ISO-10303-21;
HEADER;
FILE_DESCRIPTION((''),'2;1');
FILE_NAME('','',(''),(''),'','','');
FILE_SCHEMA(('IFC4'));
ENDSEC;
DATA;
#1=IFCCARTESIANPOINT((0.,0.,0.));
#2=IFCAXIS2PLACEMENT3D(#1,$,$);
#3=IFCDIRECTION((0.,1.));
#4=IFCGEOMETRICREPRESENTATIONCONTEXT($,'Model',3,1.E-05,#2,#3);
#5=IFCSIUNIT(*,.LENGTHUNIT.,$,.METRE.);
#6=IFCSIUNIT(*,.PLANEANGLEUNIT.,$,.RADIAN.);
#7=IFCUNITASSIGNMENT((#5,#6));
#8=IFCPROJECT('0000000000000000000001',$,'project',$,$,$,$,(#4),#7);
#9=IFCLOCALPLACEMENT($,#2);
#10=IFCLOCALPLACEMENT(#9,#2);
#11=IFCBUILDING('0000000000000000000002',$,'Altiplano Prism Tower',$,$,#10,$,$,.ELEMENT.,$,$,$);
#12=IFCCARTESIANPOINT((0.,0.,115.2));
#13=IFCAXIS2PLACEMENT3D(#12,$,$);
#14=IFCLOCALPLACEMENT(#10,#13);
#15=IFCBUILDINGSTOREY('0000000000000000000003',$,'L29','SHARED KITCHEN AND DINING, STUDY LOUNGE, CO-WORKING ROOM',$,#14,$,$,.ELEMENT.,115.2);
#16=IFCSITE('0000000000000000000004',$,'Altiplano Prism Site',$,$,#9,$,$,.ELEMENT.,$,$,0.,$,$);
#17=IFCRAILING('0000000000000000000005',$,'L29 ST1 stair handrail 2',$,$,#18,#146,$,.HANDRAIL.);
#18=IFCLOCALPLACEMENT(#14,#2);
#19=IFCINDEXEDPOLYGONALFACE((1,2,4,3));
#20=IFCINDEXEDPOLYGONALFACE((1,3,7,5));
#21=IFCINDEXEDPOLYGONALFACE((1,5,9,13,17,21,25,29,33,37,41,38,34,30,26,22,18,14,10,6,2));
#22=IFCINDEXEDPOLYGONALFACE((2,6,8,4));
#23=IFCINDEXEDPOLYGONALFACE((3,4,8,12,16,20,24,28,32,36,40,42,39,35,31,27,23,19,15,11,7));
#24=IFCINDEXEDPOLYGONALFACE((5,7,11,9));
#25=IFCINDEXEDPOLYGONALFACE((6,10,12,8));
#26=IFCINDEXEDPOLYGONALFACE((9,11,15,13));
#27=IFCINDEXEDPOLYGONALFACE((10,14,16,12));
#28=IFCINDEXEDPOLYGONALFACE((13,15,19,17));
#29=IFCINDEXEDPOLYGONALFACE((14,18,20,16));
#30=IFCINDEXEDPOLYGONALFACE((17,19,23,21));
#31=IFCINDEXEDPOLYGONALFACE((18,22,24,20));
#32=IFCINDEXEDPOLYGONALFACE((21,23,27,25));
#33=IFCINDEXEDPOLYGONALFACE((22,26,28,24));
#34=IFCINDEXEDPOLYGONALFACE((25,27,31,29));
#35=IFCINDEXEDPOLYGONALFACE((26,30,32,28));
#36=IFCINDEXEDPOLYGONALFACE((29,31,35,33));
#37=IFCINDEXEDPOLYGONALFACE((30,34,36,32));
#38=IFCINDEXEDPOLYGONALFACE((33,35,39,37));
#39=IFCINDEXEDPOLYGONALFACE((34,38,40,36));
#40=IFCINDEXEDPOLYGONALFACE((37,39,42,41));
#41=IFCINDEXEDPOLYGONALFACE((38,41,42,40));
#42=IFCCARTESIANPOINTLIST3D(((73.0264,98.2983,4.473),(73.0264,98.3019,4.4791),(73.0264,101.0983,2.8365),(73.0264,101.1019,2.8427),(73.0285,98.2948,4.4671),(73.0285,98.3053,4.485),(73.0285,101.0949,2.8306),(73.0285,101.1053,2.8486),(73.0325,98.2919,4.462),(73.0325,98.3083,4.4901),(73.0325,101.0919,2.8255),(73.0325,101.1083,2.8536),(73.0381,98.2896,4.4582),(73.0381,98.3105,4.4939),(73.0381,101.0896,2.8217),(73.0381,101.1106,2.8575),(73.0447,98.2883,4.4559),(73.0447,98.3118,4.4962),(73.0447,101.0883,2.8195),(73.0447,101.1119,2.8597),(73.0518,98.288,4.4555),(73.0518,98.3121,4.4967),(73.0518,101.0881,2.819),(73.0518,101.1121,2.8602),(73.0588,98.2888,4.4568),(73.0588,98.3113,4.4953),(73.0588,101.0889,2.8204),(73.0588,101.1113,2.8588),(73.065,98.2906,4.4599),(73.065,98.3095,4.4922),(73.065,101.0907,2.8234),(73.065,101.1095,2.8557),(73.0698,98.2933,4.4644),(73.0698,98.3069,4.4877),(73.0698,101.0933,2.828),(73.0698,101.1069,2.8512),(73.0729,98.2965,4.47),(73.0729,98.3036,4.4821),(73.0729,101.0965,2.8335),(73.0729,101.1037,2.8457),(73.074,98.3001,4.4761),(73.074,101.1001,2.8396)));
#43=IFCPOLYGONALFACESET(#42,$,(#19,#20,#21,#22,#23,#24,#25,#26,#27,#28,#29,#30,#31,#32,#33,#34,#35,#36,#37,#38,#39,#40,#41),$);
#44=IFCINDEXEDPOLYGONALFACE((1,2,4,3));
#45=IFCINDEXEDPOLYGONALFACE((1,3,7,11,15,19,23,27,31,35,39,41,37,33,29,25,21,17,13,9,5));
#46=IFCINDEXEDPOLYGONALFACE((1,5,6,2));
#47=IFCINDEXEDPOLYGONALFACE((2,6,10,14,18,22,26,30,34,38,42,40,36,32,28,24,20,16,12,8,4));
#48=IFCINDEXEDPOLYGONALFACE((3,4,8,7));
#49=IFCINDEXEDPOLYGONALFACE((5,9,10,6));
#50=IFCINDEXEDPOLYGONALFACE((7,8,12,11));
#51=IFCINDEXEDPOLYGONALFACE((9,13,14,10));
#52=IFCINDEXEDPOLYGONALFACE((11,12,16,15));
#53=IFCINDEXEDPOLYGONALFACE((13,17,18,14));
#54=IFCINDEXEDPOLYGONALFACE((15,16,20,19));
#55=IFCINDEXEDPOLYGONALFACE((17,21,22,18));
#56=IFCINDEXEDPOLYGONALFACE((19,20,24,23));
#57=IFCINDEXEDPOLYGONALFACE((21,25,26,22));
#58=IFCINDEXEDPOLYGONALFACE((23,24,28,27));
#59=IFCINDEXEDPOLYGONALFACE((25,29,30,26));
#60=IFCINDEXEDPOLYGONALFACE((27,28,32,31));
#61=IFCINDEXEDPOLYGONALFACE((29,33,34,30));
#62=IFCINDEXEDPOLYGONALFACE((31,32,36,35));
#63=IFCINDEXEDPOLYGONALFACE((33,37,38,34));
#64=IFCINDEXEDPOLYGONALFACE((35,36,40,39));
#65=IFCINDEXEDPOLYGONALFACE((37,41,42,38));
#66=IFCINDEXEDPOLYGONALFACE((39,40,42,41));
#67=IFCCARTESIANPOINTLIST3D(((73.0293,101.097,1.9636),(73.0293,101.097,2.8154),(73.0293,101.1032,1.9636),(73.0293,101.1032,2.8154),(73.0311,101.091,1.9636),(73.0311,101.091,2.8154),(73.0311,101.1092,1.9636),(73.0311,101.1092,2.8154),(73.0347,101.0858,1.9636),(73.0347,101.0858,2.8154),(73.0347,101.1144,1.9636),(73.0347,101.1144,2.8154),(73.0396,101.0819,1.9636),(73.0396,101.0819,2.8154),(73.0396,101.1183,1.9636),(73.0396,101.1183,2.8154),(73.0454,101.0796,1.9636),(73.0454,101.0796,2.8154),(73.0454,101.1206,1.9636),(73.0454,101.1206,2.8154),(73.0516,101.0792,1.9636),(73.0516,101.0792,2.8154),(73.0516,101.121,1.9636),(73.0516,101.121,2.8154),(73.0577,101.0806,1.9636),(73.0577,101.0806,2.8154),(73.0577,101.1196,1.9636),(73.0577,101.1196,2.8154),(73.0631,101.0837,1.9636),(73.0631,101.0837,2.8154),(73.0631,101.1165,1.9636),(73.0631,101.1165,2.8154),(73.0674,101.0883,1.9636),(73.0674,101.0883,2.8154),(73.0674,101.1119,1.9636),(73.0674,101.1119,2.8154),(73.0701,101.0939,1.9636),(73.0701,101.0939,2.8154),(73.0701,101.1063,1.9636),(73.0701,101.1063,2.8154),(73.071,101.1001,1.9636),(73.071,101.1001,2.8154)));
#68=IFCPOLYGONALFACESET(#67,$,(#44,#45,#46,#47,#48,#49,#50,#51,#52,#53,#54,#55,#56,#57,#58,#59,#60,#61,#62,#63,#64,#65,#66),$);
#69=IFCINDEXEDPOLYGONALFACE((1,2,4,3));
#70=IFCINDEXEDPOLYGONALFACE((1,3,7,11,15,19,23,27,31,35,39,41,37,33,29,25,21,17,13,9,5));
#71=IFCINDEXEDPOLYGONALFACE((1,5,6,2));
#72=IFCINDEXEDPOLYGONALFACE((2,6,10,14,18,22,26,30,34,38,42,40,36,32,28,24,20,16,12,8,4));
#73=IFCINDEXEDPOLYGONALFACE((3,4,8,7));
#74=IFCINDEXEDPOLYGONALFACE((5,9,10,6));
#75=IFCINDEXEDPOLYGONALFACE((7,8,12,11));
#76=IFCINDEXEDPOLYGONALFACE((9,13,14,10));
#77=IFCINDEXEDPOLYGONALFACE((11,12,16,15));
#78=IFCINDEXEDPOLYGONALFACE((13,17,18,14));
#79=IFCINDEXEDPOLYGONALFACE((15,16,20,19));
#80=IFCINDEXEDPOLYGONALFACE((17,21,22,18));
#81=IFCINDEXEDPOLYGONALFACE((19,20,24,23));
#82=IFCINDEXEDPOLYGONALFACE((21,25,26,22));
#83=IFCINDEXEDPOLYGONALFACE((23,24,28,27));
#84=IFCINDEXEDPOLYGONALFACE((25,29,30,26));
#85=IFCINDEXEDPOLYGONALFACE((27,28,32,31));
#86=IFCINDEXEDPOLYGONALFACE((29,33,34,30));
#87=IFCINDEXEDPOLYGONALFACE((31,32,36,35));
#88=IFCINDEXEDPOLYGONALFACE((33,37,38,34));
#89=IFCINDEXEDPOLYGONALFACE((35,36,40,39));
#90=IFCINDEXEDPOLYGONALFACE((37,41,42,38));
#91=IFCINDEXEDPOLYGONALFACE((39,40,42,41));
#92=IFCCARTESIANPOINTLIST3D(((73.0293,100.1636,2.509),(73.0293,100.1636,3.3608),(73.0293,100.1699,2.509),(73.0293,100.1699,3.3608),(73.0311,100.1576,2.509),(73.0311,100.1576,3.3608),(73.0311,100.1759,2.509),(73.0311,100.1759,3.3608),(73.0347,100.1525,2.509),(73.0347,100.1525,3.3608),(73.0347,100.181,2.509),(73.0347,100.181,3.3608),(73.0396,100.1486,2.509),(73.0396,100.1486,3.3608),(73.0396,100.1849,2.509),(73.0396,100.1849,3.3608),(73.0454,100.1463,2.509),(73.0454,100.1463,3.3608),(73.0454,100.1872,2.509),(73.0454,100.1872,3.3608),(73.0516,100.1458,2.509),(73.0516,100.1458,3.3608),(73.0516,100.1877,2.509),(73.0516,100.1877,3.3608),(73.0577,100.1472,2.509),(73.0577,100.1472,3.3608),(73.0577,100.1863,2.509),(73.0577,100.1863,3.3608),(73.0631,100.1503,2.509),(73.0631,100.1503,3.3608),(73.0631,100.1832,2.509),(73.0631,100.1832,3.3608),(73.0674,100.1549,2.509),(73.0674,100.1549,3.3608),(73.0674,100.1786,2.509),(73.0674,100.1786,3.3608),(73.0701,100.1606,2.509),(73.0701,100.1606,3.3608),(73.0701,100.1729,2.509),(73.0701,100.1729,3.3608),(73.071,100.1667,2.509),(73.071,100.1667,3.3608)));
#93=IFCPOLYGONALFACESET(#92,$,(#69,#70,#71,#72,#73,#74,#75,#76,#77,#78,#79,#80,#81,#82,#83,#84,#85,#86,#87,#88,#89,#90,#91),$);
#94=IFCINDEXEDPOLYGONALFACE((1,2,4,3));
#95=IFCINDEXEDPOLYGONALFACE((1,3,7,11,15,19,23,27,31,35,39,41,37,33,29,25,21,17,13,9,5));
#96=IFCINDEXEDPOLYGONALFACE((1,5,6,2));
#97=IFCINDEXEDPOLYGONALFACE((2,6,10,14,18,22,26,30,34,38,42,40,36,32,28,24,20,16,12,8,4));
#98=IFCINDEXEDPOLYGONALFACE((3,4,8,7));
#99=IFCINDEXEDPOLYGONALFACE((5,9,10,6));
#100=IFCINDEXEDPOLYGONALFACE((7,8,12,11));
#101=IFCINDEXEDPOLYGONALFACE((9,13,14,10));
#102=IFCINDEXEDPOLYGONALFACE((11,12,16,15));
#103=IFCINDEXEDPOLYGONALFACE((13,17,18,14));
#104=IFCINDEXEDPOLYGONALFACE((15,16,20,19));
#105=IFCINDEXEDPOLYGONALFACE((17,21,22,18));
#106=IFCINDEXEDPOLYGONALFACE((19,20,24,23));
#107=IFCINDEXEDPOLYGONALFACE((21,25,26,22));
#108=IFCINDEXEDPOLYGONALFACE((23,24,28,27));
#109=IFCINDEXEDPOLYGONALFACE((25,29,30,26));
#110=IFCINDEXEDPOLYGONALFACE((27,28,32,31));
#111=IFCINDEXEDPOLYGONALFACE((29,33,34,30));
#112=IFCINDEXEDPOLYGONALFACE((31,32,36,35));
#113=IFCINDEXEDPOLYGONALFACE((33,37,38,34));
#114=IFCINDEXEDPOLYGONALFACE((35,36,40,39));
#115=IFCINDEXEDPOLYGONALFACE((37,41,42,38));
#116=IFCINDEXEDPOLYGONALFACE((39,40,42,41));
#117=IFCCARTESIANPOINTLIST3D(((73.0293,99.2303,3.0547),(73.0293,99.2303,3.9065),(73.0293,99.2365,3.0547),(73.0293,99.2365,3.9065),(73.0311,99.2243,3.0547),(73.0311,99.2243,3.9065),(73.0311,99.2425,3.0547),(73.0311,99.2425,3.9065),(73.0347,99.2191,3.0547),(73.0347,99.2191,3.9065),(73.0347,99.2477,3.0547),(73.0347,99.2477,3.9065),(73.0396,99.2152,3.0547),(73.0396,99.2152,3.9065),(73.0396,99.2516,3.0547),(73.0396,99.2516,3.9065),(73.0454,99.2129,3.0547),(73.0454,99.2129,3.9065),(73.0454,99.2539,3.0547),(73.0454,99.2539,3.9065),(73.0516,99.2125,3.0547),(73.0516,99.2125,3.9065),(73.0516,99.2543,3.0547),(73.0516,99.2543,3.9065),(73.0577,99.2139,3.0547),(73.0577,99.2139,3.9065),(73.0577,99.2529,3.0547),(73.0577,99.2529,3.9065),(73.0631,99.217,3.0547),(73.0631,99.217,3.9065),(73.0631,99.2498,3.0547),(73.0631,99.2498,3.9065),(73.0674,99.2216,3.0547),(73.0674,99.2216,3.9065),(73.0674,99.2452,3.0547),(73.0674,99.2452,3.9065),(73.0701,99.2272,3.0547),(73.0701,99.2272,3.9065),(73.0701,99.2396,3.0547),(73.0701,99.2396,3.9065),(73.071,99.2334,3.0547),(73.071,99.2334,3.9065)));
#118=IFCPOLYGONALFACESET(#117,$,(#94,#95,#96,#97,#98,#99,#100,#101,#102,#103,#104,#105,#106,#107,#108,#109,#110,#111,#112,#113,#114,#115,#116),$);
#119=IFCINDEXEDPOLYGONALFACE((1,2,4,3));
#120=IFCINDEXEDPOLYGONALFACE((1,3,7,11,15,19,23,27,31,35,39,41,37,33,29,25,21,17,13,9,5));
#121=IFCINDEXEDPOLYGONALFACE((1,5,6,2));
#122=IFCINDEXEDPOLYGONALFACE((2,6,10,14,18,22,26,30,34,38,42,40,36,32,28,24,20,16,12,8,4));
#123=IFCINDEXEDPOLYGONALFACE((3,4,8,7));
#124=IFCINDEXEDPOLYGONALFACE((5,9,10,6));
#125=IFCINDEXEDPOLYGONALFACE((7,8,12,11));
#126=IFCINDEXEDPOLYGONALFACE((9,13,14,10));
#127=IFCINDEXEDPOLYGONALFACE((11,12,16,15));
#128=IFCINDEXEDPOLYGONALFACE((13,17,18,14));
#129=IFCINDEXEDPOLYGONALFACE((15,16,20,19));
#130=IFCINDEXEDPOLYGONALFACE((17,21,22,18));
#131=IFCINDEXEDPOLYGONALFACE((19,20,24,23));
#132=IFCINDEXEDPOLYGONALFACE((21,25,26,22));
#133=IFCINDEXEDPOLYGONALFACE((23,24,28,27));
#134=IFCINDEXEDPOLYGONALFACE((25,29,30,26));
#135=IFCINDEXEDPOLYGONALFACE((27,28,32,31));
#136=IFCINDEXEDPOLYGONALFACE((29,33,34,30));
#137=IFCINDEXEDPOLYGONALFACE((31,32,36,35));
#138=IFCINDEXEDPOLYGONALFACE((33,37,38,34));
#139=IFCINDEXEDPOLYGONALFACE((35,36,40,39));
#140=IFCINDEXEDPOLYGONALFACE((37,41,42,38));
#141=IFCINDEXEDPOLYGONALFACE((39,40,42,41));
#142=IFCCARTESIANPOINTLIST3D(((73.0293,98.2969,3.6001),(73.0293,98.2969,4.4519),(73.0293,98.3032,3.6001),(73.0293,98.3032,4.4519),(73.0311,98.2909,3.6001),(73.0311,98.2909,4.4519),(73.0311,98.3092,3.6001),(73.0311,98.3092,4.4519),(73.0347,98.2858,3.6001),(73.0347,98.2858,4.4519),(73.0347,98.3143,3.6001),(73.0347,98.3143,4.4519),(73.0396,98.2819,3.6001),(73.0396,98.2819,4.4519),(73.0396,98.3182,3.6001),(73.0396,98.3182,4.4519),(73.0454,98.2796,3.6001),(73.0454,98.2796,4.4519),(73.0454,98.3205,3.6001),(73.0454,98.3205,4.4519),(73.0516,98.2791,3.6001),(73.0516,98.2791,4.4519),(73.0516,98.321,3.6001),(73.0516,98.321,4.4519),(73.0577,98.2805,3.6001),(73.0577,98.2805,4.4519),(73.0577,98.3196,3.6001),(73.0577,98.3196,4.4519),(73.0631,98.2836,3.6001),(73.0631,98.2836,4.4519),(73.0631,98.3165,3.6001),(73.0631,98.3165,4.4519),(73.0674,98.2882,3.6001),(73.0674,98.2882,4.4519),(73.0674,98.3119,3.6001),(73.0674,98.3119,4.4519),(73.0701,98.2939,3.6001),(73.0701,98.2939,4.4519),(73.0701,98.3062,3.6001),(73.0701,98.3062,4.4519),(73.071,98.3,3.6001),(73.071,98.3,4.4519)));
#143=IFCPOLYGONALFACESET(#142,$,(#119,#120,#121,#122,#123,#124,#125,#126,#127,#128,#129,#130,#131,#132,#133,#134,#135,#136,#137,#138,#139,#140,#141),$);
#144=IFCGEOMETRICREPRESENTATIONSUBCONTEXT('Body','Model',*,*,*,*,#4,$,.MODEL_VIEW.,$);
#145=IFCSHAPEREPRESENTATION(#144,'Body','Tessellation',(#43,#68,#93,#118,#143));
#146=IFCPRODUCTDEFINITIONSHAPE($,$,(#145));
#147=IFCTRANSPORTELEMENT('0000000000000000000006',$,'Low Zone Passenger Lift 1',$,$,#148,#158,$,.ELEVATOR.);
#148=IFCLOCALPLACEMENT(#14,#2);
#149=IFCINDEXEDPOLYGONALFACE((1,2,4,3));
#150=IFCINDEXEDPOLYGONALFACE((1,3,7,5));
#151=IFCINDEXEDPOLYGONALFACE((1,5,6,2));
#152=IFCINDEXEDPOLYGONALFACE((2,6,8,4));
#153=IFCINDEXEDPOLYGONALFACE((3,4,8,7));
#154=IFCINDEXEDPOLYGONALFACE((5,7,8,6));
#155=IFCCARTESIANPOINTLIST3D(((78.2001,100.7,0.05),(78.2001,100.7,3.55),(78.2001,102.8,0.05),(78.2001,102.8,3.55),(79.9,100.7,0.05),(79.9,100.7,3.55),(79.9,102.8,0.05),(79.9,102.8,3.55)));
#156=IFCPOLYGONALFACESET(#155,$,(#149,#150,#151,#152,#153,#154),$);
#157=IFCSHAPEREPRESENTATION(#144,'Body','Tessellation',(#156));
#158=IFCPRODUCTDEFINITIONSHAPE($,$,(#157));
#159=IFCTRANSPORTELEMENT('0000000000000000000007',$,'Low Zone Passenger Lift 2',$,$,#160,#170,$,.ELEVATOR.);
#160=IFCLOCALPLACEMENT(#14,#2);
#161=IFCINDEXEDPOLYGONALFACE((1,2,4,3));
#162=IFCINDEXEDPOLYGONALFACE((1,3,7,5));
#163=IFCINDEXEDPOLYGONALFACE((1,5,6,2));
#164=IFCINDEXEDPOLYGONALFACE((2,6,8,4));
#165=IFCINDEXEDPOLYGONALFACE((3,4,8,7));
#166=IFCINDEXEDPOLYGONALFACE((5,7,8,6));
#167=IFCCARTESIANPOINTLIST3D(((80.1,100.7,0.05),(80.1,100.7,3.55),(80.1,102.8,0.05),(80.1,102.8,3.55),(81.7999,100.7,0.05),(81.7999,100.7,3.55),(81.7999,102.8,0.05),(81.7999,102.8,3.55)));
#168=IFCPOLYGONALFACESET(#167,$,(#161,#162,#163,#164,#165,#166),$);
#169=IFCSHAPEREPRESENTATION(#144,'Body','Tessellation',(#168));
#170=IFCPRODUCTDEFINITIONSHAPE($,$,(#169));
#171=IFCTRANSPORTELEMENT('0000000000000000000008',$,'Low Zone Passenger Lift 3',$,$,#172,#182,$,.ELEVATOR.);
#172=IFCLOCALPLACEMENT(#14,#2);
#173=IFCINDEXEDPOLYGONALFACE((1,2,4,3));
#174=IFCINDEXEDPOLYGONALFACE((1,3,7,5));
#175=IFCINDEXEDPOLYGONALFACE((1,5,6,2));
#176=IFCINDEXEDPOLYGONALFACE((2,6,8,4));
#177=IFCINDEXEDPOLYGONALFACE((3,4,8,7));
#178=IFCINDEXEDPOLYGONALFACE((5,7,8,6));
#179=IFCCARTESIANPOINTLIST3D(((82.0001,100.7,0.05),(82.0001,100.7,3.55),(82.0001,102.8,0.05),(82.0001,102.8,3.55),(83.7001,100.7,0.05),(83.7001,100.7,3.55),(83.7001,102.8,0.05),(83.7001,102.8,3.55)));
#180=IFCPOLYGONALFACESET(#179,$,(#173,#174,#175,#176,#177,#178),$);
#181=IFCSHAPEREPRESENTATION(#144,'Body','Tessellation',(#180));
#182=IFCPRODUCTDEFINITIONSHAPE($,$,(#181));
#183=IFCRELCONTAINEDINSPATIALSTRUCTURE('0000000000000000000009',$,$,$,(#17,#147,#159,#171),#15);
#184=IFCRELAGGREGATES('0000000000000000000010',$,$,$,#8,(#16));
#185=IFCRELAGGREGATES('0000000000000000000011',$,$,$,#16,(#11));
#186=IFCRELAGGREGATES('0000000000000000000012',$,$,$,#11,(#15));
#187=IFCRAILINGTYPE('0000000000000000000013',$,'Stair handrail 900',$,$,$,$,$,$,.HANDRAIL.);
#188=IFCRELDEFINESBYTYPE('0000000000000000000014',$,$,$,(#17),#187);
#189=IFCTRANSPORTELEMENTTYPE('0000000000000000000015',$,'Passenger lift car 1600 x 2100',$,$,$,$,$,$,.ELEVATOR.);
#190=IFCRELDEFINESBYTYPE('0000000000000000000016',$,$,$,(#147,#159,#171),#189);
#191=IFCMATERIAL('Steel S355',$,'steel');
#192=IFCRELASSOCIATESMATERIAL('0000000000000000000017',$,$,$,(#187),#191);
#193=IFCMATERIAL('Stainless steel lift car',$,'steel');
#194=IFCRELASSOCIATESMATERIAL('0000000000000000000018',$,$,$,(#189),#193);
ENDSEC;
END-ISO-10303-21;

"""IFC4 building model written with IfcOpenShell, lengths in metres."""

from ifc_helpers import new_model, si_unit, direction, frame, origin, origin_2d, place, context, subcontext, project, spatial, rectangle, circle, extrude, material, type_object, element, save


model = new_model("IFC4")

# Units and contexts
model_context = context("Model", 3, precision=1e-05, world=origin(), true_north=direction((0.0, 1.0)))
body_context = subcontext(model_context, "Body", "Model", "MODEL_VIEW")
ifc_project = project(units=[si_unit("LENGTHUNIT", "METRE"), si_unit("PLANEANGLEUNIT", "RADIAN")], contexts=[model_context])

# Site, building, storey
site_placement = place(None, origin())
site = spatial("IfcSite", under=ifc_project, at=site_placement, Name="Altiplano Prism Site", CompositionType="ELEMENT", RefElevation=0.0)
building_placement = place(site_placement, origin())
building = spatial("IfcBuilding", under=site, at=building_placement, Name="Altiplano Prism Tower", CompositionType="ELEMENT")
storey_placement = place(building_placement, frame((0.0, 0.0, 115.2)))
storey = spatial("IfcBuildingStorey", under=building, at=storey_placement, Name="L29", Description="SHARED KITCHEN AND DINING, STUDY LOUNGE, CO-WORKING ROOM", CompositionType="ELEMENT", Elevation=115.2)

# Railing
ifc_material_1 = material(Name="Steel S355", Category="steel")
railing_type = type_object("IfcRailingType", Name="Stair handrail 900", PredefinedType="HANDRAIL", material=ifc_material_1)
railing_1_placement = place(storey_placement, frame((73.05, 101.1001, 1.9636)))
element("IfcRailing", 1, at=railing_1_placement, inside=storey, type_object=railing_type, Name="L29 ST1 stair handrail 2", PredefinedType="HANDRAIL", context=body_context, shape_type="SweptSolid", body=[
    extrude(circle(Radius=0.0239, at=origin_2d()), frame((0.0, 0.0, 0.876), z_axis=(0.0, -0.863361, 0.504587), x_axis=(1.0, 0.0, 0.0)), (0.0, 0.0, 1.0), 3.2432),
    extrude(circle(Radius=0.021, at=origin_2d()), origin(), (0.0, 0.0, 1.0), 0.8518),
    extrude(circle(Radius=0.021, at=origin_2d()), frame((0.0, -0.9333, 0.5454)), (0.0, 0.0, 1.0), 0.8518),
    extrude(circle(Radius=0.021, at=origin_2d()), frame((0.0, -1.8667, 1.0911)), (0.0, 0.0, 1.0), 0.8518),
    extrude(circle(Radius=0.021, at=origin_2d()), frame((0.0, -2.8, 1.6365)), (0.0, 0.0, 1.0), 0.8518),
])

# Transport elements
ifc_material_2 = material(Name="Stainless steel lift car", Category="steel")
transport_element_type = type_object("IfcTransportElementType", Name="Passenger lift car 1600 x 2100", PredefinedType="ELEVATOR", material=ifc_material_2)
for number, where, z_axis, x_axis, name in (
    (2, (79.05, 101.75, 0.05), (0.0, 0.0, 1.0), (1.0, 0.0, 0.0), "Low Zone Passenger Lift 1"),
    (3, (80.95, 101.75, 0.05), (0.0, 0.0, 1.0), (1.0, 0.0, 0.0), "Low Zone Passenger Lift 2"),
    (4, (82.8501, 101.75, 0.05), (0.0, 0.0, 1.0), (1.0, 0.0, 0.0), "Low Zone Passenger Lift 3"),
):
    element("IfcTransportElement", number, at=place(storey_placement, frame(where, z_axis=z_axis, x_axis=x_axis)), inside=storey, type_object=transport_element_type, Name=name, PredefinedType="ELEVATOR", context=body_context, shape_type="SweptSolid", body=[
        extrude(rectangle(XDim=1.7, YDim=2.1001, at=origin_2d()), origin(), (0.0, 0.0, 1.0), 3.5),
    ])

save(model, "model.ifc")
